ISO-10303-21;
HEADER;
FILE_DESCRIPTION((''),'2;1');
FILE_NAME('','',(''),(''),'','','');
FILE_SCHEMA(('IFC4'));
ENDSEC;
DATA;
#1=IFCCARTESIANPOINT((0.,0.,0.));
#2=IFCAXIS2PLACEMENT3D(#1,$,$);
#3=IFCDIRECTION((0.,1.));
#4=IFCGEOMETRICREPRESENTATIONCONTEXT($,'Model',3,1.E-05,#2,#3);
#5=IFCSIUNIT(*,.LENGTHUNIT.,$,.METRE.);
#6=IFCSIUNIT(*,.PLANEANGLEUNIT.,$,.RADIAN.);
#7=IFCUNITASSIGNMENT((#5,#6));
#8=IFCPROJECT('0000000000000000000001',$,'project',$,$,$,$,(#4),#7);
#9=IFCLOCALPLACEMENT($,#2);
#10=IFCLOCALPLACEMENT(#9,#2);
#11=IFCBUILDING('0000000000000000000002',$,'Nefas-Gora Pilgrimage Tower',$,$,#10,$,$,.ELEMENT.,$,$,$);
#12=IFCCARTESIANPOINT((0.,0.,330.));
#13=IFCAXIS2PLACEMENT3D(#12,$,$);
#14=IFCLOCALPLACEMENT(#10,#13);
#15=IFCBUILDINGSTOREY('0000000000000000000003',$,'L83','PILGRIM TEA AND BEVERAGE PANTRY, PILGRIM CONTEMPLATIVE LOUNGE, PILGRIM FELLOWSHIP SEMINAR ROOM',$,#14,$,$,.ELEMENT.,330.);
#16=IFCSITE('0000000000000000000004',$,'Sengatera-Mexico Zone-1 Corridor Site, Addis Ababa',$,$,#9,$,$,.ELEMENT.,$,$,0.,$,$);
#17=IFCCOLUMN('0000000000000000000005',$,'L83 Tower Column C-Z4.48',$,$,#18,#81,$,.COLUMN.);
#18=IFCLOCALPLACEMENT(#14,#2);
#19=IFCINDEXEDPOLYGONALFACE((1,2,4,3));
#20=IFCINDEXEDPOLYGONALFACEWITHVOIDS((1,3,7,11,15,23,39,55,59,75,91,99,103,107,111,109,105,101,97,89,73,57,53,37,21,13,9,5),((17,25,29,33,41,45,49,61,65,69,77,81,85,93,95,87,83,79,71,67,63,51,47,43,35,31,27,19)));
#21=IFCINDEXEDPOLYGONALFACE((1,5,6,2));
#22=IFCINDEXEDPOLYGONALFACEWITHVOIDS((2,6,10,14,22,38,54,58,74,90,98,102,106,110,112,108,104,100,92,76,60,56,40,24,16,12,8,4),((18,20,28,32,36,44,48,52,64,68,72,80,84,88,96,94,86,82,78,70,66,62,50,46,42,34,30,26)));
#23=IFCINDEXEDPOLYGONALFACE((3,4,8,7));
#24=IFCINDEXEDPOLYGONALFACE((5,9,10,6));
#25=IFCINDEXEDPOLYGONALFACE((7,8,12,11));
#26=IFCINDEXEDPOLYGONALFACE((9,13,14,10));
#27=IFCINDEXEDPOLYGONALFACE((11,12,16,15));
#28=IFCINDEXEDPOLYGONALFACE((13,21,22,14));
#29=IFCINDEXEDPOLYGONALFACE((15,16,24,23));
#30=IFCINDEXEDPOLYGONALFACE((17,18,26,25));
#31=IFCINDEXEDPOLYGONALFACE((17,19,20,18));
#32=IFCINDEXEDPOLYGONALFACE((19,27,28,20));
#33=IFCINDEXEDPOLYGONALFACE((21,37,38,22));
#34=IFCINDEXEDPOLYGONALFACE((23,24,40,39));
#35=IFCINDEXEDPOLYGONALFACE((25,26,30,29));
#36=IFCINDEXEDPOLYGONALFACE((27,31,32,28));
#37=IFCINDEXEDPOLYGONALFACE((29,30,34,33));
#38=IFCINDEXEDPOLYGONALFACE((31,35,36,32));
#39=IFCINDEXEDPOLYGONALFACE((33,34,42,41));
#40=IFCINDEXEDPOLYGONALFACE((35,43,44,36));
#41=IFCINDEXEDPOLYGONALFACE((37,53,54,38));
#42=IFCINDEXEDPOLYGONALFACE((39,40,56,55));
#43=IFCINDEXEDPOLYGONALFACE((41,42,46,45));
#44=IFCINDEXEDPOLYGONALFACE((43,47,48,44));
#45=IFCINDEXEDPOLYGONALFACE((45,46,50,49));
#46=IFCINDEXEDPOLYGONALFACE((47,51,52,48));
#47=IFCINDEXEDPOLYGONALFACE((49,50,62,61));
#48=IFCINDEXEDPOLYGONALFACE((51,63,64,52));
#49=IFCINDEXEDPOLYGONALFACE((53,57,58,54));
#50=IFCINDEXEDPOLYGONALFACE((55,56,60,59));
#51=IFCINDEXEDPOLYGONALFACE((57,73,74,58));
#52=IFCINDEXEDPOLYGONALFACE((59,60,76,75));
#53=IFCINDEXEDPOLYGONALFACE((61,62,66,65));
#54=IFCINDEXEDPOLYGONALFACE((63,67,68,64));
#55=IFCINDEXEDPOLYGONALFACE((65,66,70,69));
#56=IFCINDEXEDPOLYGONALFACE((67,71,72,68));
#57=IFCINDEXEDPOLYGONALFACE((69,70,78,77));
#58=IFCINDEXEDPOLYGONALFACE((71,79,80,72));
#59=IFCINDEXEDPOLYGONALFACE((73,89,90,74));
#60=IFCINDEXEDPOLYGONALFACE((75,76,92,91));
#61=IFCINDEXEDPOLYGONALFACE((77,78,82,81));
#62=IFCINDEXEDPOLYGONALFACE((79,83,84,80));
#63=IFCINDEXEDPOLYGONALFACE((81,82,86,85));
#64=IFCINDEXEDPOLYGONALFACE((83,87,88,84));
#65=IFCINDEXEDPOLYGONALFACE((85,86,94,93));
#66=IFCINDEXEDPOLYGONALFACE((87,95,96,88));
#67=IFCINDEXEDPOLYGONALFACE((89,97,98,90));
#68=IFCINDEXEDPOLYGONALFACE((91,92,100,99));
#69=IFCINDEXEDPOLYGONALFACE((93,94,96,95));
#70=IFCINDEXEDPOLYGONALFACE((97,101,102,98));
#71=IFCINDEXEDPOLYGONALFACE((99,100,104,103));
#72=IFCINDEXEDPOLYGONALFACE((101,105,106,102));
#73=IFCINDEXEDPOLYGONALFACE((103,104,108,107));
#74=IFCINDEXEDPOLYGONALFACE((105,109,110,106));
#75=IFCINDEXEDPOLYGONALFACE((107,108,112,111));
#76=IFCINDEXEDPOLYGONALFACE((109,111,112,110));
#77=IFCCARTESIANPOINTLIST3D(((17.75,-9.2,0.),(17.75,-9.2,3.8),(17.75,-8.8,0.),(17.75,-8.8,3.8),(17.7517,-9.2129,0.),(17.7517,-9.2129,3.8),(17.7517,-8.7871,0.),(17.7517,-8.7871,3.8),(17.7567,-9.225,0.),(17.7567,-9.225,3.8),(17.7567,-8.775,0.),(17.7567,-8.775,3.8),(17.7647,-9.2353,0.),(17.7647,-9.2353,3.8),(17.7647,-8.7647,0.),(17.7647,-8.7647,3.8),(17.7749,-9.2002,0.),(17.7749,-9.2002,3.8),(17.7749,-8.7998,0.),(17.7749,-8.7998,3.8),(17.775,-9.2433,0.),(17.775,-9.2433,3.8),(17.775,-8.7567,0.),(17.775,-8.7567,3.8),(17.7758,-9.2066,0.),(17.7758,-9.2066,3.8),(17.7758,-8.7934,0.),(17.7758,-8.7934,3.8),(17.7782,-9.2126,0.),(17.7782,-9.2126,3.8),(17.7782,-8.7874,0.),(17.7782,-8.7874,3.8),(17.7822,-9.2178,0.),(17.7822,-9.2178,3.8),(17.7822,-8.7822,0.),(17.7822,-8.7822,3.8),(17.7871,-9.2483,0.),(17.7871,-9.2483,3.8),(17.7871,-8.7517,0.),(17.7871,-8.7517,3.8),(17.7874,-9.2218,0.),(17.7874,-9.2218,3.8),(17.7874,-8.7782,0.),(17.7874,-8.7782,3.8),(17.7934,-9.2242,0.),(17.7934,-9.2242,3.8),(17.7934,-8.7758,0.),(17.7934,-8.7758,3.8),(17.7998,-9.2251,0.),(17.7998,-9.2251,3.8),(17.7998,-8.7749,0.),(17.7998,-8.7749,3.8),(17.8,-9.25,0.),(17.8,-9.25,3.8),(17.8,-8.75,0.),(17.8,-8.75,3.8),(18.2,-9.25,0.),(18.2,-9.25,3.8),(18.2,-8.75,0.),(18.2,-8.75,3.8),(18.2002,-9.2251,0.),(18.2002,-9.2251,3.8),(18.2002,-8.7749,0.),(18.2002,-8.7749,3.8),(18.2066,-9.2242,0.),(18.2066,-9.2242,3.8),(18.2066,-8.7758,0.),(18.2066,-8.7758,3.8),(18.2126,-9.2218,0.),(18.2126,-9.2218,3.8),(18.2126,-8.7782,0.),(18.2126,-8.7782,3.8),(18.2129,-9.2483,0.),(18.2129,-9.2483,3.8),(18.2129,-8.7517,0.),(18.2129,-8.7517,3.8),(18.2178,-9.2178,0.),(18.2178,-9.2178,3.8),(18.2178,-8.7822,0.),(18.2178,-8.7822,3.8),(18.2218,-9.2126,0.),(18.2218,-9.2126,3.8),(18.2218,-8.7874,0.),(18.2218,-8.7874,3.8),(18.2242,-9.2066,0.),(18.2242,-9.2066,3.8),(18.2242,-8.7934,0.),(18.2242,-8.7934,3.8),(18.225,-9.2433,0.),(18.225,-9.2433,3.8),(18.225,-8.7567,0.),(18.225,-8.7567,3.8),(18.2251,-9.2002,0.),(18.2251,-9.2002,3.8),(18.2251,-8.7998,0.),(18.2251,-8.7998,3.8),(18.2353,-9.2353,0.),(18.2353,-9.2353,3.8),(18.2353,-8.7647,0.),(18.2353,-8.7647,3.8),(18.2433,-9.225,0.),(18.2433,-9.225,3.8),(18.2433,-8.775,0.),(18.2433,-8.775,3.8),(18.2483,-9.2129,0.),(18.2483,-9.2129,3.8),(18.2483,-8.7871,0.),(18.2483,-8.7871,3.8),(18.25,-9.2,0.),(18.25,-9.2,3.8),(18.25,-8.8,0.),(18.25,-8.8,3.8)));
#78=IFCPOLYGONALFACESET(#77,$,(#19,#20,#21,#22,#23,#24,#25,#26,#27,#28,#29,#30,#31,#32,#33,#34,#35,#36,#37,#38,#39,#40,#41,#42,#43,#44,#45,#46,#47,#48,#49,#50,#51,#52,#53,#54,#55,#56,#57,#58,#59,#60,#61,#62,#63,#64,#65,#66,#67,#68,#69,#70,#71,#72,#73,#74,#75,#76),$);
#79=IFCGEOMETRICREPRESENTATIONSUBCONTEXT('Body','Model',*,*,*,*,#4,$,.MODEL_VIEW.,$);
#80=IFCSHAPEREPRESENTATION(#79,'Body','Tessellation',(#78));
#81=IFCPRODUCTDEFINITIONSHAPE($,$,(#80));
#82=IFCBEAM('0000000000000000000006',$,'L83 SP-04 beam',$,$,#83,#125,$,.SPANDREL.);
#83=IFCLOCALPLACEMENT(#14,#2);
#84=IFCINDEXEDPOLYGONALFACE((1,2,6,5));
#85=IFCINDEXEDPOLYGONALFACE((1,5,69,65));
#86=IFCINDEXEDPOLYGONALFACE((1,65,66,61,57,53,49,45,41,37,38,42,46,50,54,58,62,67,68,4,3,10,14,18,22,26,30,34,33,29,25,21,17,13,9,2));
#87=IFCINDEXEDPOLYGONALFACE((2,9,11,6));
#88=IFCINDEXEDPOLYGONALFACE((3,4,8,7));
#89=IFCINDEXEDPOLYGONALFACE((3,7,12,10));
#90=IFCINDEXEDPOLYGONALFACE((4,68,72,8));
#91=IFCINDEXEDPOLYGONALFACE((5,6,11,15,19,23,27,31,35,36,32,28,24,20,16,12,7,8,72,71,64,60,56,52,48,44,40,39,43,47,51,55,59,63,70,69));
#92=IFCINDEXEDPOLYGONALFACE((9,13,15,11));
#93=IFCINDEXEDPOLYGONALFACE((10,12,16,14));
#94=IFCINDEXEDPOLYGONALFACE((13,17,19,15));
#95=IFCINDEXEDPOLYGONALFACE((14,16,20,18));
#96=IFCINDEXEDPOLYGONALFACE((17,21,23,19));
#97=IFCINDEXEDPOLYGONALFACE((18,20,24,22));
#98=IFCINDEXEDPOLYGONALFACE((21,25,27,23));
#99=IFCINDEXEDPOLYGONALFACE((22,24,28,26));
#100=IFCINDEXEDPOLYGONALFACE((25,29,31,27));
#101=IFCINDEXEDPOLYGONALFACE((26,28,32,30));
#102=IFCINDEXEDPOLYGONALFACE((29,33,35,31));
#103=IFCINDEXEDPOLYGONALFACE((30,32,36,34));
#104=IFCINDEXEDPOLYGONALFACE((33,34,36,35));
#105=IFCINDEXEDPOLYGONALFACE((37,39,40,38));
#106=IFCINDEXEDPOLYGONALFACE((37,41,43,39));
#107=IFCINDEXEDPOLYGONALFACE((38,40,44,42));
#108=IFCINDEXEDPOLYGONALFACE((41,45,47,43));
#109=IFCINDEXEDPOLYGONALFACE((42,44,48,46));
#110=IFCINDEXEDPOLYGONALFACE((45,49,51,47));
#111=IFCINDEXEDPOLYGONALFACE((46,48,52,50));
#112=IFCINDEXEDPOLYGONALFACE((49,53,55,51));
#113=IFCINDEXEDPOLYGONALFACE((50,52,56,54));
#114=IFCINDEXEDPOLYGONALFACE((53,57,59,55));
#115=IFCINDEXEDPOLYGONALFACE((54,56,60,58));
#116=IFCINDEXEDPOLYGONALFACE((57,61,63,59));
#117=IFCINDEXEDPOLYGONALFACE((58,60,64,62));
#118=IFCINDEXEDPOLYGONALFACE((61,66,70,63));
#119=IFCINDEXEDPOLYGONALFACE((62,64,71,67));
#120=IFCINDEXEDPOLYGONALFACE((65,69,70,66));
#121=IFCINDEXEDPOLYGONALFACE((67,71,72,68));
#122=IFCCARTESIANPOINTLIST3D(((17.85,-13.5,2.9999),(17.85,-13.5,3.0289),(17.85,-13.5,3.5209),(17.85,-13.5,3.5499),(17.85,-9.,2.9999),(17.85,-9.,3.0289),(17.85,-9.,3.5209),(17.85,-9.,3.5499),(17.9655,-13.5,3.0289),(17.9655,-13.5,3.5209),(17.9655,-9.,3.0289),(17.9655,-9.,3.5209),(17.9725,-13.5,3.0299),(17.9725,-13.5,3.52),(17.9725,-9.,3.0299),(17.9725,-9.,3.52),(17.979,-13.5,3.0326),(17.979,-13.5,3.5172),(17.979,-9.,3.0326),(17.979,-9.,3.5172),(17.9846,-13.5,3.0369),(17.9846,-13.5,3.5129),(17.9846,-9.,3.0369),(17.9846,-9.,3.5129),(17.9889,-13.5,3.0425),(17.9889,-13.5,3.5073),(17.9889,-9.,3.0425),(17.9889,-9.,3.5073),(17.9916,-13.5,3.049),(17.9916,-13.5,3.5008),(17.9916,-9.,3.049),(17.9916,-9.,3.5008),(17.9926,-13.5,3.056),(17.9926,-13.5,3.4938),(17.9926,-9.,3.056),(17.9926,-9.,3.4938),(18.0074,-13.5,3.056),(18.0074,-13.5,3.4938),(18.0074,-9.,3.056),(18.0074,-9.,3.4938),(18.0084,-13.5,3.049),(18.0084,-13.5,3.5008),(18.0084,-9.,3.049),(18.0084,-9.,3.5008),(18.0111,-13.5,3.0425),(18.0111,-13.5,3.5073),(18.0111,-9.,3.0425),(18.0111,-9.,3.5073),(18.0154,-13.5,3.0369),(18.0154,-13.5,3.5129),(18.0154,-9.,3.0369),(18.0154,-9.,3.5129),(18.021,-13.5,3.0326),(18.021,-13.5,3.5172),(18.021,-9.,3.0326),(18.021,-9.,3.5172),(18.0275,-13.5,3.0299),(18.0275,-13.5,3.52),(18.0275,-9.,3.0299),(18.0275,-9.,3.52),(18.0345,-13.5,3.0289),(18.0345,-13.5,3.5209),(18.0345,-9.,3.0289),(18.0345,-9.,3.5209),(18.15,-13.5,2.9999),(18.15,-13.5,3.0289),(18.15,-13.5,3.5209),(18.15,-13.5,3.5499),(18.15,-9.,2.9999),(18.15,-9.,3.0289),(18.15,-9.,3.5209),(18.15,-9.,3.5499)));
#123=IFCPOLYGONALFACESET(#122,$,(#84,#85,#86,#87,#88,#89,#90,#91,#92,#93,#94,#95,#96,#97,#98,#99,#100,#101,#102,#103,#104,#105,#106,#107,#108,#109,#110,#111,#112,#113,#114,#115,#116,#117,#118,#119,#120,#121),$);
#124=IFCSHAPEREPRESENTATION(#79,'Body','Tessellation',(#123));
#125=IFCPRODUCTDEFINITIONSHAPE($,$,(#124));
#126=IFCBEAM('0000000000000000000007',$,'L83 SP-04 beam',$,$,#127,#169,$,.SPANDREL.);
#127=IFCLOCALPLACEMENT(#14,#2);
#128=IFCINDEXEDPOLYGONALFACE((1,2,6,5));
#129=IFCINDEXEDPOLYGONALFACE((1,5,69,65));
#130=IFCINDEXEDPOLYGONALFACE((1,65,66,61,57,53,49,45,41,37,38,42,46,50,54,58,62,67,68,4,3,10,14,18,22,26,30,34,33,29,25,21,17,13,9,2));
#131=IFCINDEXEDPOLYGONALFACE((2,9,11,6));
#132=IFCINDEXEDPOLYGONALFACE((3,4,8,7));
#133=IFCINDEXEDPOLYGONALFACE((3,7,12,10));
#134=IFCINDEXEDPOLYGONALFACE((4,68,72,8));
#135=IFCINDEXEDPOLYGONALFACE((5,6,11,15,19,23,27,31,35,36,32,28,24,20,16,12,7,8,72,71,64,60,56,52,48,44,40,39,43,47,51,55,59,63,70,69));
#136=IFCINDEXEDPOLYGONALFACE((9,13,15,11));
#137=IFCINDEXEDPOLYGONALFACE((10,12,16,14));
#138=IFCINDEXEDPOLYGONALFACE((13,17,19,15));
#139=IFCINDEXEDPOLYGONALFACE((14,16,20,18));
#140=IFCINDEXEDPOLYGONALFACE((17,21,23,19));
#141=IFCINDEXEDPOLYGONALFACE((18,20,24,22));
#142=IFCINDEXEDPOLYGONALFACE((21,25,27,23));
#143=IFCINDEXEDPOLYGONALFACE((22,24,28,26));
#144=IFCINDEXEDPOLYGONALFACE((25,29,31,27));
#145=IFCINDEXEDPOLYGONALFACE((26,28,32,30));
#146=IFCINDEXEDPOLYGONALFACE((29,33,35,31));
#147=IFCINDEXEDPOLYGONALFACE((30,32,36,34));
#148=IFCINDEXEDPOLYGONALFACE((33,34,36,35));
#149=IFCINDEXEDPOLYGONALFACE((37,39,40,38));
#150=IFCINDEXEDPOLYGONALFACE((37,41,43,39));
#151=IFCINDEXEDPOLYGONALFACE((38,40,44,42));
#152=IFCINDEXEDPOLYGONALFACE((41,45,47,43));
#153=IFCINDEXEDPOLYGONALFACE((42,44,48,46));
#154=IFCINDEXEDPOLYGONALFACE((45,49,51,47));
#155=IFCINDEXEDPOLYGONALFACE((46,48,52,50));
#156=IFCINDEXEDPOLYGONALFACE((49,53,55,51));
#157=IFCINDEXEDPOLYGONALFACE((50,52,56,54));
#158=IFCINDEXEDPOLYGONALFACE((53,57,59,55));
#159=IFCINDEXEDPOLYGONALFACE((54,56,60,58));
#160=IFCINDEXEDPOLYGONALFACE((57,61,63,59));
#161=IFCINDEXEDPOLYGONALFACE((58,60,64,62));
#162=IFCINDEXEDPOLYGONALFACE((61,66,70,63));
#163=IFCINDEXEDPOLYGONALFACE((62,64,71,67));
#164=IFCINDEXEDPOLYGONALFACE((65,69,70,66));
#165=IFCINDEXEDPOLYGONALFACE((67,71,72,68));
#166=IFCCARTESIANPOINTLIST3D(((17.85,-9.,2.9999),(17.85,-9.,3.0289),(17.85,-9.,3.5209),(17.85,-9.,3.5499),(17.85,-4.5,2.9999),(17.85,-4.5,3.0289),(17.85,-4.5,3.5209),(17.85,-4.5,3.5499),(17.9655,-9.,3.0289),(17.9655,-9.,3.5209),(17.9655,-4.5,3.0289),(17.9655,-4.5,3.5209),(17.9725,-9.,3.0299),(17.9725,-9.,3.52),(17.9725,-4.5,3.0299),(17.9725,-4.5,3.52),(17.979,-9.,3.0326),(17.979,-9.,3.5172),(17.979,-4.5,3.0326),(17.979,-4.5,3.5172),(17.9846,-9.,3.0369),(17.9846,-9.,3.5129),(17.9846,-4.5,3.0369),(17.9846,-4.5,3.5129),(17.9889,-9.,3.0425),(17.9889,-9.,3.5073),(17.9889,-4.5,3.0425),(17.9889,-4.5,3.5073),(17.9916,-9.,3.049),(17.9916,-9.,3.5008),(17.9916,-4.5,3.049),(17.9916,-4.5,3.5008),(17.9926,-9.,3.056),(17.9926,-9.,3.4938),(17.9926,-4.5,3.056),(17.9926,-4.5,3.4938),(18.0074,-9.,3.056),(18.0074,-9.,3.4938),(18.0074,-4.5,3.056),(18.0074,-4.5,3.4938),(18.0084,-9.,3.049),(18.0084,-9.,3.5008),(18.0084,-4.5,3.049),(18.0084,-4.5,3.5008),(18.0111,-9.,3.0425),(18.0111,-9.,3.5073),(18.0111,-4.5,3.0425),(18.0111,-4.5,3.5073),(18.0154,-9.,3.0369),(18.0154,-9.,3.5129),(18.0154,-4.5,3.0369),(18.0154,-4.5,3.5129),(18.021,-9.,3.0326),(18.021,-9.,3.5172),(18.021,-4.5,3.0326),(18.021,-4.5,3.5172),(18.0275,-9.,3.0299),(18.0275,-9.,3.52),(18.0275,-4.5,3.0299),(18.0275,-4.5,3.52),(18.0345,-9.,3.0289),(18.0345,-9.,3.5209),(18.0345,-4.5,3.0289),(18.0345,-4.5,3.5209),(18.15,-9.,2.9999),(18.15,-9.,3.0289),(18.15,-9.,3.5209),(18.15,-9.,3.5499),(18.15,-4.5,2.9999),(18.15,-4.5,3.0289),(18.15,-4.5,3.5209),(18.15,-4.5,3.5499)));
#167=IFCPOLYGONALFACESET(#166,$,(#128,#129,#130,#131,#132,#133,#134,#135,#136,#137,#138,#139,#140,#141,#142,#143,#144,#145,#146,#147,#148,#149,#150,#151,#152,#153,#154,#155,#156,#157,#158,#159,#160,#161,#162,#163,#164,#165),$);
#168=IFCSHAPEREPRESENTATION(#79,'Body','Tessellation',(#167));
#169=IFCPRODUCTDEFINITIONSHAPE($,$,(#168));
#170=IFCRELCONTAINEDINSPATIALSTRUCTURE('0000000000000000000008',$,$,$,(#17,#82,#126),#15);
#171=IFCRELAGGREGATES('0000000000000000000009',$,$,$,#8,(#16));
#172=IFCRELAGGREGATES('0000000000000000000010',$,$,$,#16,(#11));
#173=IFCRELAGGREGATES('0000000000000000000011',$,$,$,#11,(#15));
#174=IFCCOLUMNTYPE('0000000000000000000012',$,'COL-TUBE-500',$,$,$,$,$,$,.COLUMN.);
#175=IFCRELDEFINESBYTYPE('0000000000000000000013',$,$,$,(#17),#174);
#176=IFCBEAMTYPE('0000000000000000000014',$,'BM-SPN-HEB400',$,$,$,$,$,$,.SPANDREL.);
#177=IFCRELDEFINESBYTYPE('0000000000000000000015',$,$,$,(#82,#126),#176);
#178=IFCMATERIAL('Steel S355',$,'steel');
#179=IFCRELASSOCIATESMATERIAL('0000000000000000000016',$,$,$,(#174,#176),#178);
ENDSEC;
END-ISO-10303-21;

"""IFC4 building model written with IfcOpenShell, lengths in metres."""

from ifc_helpers import new_model, si_unit, direction, frame, origin, origin_2d, place, context, subcontext, project, spatial, hollow_rectangle, i_section, extrude, source, transform, mapped, material, material_profile, profile_set, type_object, element, save


model = new_model("IFC4")

# Units and contexts
model_context = context("Model", 3, precision=1e-05, world=origin(), true_north=direction((0.0, 1.0)))
body_context = subcontext(model_context, "Body", "Model", "MODEL_VIEW")
ifc_project = project(units=[si_unit("LENGTHUNIT", "METRE"), si_unit("PLANEANGLEUNIT", "RADIAN")], contexts=[model_context])

# Site, building, storey
site_placement = place(None, origin())
site = spatial("IfcSite", under=ifc_project, at=site_placement, Name="Sengatera-Mexico Zone-1 Corridor Site, Addis Ababa", CompositionType="ELEMENT", RefElevation=0.0)
building_placement = place(site_placement, origin())
building = spatial("IfcBuilding", under=site, at=building_placement, Name="Nefas-Gora Pilgrimage Tower", CompositionType="ELEMENT")
storey_placement = place(building_placement, frame((0.0, 0.0, 330.0)))
storey = spatial("IfcBuildingStorey", under=building, at=storey_placement, Name="L83", Description="PILGRIM TEA AND BEVERAGE PANTRY, PILGRIM CONTEMPLATIVE LOUNGE, PILGRIM FELLOWSHIP SEMINAR ROOM", CompositionType="ELEMENT", Elevation=330.0)

# Column
ifc_material_1 = material(Name="Steel S355", Category="steel")
ifc_material_profile_1 = material_profile(ifc_material_1, hollow_rectangle(XDim=0.5, YDim=0.5, WallThickness=0.0249, InnerFilletRadius=0.0249, OuterFilletRadius=0.05, at=origin_2d()), Name="SHS 500x500x25")
ifc_profile_set_1 = profile_set([ifc_material_profile_1], Name="Steel S355")
column_type_1 = type_object("IfcColumnType", Name="COL-TUBE-500", PredefinedType="COLUMN", material=ifc_profile_set_1)
shared_shape_1 = source(origin(), body_context, "Body", "SweptSolid", [
    extrude(hollow_rectangle(XDim=0.5, YDim=0.5, WallThickness=0.0249, InnerFilletRadius=0.0249, OuterFilletRadius=0.05, at=origin_2d()), origin(), (0.0, 0.0, 1.0), 3.8),
])
for number, where, z_axis, x_axis, name in (
    (1, (18.0, -9.0, 0.0), (0.0, 0.0, 1.0), (1.0, 0.0, 0.0), "L83 Tower Column C-Z4.48"),
):
    element("IfcColumn", number, at=place(storey_placement, frame(where, z_axis=z_axis, x_axis=x_axis)), inside=storey, type_object=column_type_1, Name=name, PredefinedType="COLUMN", context=body_context, shape_type="MappedRepresentation", body=[
        mapped(shared_shape_1, transform((0.0, 0.0, 0.0), x_axis=(1.0, 0.0, 0.0), y_axis=(0.0, 1.0, 0.0), z_axis=(0.0, 0.0, 1.0), scale=1.0)),
    ])

# Beams
ifc_material_profile_2 = material_profile(ifc_material_1, i_section(OverallWidth=0.3, OverallDepth=0.55, WebThickness=0.0149, FlangeThickness=0.0291, FilletRadius=0.0271, at=origin_2d()), Name="HEB 550")
ifc_profile_set_2 = profile_set([ifc_material_profile_2], Name="Steel S355")
beam_type_1 = type_object("IfcBeamType", Name="BM-SPN-HEB400", PredefinedType="SPANDREL", material=ifc_profile_set_2)
shared_shape_2 = source(origin(), body_context, "Body", "SweptSolid", [
    extrude(i_section(OverallWidth=0.3, OverallDepth=0.55, WebThickness=0.0149, FlangeThickness=0.0291, FilletRadius=0.0271, at=origin_2d()), origin(), (0.0, 0.0, 1.0), 4.5),
])
for number, where, z_axis, x_axis, name in (
    (2, (18.0, -13.5, 3.2749), (0.0, 1.0, 0.0), (-1.0, 0.0, 0.0), "L83 SP-04 beam"),
    (3, (18.0, -9.0, 3.2749), (0.0, 1.0, 0.0), (-1.0, 0.0, 0.0), "L83 SP-04 beam"),
):
    element("IfcBeam", number, at=place(storey_placement, frame(where, z_axis=z_axis, x_axis=x_axis)), inside=storey, type_object=beam_type_1, Name=name, PredefinedType="SPANDREL", context=body_context, shape_type="MappedRepresentation", body=[
        mapped(shared_shape_2, transform((0.0, 0.0, 0.0), x_axis=(1.0, 0.0, 0.0), y_axis=(0.0, 1.0, 0.0), z_axis=(0.0, 0.0, 1.0), scale=1.0)),
    ])

save(model, "model.ifc")
